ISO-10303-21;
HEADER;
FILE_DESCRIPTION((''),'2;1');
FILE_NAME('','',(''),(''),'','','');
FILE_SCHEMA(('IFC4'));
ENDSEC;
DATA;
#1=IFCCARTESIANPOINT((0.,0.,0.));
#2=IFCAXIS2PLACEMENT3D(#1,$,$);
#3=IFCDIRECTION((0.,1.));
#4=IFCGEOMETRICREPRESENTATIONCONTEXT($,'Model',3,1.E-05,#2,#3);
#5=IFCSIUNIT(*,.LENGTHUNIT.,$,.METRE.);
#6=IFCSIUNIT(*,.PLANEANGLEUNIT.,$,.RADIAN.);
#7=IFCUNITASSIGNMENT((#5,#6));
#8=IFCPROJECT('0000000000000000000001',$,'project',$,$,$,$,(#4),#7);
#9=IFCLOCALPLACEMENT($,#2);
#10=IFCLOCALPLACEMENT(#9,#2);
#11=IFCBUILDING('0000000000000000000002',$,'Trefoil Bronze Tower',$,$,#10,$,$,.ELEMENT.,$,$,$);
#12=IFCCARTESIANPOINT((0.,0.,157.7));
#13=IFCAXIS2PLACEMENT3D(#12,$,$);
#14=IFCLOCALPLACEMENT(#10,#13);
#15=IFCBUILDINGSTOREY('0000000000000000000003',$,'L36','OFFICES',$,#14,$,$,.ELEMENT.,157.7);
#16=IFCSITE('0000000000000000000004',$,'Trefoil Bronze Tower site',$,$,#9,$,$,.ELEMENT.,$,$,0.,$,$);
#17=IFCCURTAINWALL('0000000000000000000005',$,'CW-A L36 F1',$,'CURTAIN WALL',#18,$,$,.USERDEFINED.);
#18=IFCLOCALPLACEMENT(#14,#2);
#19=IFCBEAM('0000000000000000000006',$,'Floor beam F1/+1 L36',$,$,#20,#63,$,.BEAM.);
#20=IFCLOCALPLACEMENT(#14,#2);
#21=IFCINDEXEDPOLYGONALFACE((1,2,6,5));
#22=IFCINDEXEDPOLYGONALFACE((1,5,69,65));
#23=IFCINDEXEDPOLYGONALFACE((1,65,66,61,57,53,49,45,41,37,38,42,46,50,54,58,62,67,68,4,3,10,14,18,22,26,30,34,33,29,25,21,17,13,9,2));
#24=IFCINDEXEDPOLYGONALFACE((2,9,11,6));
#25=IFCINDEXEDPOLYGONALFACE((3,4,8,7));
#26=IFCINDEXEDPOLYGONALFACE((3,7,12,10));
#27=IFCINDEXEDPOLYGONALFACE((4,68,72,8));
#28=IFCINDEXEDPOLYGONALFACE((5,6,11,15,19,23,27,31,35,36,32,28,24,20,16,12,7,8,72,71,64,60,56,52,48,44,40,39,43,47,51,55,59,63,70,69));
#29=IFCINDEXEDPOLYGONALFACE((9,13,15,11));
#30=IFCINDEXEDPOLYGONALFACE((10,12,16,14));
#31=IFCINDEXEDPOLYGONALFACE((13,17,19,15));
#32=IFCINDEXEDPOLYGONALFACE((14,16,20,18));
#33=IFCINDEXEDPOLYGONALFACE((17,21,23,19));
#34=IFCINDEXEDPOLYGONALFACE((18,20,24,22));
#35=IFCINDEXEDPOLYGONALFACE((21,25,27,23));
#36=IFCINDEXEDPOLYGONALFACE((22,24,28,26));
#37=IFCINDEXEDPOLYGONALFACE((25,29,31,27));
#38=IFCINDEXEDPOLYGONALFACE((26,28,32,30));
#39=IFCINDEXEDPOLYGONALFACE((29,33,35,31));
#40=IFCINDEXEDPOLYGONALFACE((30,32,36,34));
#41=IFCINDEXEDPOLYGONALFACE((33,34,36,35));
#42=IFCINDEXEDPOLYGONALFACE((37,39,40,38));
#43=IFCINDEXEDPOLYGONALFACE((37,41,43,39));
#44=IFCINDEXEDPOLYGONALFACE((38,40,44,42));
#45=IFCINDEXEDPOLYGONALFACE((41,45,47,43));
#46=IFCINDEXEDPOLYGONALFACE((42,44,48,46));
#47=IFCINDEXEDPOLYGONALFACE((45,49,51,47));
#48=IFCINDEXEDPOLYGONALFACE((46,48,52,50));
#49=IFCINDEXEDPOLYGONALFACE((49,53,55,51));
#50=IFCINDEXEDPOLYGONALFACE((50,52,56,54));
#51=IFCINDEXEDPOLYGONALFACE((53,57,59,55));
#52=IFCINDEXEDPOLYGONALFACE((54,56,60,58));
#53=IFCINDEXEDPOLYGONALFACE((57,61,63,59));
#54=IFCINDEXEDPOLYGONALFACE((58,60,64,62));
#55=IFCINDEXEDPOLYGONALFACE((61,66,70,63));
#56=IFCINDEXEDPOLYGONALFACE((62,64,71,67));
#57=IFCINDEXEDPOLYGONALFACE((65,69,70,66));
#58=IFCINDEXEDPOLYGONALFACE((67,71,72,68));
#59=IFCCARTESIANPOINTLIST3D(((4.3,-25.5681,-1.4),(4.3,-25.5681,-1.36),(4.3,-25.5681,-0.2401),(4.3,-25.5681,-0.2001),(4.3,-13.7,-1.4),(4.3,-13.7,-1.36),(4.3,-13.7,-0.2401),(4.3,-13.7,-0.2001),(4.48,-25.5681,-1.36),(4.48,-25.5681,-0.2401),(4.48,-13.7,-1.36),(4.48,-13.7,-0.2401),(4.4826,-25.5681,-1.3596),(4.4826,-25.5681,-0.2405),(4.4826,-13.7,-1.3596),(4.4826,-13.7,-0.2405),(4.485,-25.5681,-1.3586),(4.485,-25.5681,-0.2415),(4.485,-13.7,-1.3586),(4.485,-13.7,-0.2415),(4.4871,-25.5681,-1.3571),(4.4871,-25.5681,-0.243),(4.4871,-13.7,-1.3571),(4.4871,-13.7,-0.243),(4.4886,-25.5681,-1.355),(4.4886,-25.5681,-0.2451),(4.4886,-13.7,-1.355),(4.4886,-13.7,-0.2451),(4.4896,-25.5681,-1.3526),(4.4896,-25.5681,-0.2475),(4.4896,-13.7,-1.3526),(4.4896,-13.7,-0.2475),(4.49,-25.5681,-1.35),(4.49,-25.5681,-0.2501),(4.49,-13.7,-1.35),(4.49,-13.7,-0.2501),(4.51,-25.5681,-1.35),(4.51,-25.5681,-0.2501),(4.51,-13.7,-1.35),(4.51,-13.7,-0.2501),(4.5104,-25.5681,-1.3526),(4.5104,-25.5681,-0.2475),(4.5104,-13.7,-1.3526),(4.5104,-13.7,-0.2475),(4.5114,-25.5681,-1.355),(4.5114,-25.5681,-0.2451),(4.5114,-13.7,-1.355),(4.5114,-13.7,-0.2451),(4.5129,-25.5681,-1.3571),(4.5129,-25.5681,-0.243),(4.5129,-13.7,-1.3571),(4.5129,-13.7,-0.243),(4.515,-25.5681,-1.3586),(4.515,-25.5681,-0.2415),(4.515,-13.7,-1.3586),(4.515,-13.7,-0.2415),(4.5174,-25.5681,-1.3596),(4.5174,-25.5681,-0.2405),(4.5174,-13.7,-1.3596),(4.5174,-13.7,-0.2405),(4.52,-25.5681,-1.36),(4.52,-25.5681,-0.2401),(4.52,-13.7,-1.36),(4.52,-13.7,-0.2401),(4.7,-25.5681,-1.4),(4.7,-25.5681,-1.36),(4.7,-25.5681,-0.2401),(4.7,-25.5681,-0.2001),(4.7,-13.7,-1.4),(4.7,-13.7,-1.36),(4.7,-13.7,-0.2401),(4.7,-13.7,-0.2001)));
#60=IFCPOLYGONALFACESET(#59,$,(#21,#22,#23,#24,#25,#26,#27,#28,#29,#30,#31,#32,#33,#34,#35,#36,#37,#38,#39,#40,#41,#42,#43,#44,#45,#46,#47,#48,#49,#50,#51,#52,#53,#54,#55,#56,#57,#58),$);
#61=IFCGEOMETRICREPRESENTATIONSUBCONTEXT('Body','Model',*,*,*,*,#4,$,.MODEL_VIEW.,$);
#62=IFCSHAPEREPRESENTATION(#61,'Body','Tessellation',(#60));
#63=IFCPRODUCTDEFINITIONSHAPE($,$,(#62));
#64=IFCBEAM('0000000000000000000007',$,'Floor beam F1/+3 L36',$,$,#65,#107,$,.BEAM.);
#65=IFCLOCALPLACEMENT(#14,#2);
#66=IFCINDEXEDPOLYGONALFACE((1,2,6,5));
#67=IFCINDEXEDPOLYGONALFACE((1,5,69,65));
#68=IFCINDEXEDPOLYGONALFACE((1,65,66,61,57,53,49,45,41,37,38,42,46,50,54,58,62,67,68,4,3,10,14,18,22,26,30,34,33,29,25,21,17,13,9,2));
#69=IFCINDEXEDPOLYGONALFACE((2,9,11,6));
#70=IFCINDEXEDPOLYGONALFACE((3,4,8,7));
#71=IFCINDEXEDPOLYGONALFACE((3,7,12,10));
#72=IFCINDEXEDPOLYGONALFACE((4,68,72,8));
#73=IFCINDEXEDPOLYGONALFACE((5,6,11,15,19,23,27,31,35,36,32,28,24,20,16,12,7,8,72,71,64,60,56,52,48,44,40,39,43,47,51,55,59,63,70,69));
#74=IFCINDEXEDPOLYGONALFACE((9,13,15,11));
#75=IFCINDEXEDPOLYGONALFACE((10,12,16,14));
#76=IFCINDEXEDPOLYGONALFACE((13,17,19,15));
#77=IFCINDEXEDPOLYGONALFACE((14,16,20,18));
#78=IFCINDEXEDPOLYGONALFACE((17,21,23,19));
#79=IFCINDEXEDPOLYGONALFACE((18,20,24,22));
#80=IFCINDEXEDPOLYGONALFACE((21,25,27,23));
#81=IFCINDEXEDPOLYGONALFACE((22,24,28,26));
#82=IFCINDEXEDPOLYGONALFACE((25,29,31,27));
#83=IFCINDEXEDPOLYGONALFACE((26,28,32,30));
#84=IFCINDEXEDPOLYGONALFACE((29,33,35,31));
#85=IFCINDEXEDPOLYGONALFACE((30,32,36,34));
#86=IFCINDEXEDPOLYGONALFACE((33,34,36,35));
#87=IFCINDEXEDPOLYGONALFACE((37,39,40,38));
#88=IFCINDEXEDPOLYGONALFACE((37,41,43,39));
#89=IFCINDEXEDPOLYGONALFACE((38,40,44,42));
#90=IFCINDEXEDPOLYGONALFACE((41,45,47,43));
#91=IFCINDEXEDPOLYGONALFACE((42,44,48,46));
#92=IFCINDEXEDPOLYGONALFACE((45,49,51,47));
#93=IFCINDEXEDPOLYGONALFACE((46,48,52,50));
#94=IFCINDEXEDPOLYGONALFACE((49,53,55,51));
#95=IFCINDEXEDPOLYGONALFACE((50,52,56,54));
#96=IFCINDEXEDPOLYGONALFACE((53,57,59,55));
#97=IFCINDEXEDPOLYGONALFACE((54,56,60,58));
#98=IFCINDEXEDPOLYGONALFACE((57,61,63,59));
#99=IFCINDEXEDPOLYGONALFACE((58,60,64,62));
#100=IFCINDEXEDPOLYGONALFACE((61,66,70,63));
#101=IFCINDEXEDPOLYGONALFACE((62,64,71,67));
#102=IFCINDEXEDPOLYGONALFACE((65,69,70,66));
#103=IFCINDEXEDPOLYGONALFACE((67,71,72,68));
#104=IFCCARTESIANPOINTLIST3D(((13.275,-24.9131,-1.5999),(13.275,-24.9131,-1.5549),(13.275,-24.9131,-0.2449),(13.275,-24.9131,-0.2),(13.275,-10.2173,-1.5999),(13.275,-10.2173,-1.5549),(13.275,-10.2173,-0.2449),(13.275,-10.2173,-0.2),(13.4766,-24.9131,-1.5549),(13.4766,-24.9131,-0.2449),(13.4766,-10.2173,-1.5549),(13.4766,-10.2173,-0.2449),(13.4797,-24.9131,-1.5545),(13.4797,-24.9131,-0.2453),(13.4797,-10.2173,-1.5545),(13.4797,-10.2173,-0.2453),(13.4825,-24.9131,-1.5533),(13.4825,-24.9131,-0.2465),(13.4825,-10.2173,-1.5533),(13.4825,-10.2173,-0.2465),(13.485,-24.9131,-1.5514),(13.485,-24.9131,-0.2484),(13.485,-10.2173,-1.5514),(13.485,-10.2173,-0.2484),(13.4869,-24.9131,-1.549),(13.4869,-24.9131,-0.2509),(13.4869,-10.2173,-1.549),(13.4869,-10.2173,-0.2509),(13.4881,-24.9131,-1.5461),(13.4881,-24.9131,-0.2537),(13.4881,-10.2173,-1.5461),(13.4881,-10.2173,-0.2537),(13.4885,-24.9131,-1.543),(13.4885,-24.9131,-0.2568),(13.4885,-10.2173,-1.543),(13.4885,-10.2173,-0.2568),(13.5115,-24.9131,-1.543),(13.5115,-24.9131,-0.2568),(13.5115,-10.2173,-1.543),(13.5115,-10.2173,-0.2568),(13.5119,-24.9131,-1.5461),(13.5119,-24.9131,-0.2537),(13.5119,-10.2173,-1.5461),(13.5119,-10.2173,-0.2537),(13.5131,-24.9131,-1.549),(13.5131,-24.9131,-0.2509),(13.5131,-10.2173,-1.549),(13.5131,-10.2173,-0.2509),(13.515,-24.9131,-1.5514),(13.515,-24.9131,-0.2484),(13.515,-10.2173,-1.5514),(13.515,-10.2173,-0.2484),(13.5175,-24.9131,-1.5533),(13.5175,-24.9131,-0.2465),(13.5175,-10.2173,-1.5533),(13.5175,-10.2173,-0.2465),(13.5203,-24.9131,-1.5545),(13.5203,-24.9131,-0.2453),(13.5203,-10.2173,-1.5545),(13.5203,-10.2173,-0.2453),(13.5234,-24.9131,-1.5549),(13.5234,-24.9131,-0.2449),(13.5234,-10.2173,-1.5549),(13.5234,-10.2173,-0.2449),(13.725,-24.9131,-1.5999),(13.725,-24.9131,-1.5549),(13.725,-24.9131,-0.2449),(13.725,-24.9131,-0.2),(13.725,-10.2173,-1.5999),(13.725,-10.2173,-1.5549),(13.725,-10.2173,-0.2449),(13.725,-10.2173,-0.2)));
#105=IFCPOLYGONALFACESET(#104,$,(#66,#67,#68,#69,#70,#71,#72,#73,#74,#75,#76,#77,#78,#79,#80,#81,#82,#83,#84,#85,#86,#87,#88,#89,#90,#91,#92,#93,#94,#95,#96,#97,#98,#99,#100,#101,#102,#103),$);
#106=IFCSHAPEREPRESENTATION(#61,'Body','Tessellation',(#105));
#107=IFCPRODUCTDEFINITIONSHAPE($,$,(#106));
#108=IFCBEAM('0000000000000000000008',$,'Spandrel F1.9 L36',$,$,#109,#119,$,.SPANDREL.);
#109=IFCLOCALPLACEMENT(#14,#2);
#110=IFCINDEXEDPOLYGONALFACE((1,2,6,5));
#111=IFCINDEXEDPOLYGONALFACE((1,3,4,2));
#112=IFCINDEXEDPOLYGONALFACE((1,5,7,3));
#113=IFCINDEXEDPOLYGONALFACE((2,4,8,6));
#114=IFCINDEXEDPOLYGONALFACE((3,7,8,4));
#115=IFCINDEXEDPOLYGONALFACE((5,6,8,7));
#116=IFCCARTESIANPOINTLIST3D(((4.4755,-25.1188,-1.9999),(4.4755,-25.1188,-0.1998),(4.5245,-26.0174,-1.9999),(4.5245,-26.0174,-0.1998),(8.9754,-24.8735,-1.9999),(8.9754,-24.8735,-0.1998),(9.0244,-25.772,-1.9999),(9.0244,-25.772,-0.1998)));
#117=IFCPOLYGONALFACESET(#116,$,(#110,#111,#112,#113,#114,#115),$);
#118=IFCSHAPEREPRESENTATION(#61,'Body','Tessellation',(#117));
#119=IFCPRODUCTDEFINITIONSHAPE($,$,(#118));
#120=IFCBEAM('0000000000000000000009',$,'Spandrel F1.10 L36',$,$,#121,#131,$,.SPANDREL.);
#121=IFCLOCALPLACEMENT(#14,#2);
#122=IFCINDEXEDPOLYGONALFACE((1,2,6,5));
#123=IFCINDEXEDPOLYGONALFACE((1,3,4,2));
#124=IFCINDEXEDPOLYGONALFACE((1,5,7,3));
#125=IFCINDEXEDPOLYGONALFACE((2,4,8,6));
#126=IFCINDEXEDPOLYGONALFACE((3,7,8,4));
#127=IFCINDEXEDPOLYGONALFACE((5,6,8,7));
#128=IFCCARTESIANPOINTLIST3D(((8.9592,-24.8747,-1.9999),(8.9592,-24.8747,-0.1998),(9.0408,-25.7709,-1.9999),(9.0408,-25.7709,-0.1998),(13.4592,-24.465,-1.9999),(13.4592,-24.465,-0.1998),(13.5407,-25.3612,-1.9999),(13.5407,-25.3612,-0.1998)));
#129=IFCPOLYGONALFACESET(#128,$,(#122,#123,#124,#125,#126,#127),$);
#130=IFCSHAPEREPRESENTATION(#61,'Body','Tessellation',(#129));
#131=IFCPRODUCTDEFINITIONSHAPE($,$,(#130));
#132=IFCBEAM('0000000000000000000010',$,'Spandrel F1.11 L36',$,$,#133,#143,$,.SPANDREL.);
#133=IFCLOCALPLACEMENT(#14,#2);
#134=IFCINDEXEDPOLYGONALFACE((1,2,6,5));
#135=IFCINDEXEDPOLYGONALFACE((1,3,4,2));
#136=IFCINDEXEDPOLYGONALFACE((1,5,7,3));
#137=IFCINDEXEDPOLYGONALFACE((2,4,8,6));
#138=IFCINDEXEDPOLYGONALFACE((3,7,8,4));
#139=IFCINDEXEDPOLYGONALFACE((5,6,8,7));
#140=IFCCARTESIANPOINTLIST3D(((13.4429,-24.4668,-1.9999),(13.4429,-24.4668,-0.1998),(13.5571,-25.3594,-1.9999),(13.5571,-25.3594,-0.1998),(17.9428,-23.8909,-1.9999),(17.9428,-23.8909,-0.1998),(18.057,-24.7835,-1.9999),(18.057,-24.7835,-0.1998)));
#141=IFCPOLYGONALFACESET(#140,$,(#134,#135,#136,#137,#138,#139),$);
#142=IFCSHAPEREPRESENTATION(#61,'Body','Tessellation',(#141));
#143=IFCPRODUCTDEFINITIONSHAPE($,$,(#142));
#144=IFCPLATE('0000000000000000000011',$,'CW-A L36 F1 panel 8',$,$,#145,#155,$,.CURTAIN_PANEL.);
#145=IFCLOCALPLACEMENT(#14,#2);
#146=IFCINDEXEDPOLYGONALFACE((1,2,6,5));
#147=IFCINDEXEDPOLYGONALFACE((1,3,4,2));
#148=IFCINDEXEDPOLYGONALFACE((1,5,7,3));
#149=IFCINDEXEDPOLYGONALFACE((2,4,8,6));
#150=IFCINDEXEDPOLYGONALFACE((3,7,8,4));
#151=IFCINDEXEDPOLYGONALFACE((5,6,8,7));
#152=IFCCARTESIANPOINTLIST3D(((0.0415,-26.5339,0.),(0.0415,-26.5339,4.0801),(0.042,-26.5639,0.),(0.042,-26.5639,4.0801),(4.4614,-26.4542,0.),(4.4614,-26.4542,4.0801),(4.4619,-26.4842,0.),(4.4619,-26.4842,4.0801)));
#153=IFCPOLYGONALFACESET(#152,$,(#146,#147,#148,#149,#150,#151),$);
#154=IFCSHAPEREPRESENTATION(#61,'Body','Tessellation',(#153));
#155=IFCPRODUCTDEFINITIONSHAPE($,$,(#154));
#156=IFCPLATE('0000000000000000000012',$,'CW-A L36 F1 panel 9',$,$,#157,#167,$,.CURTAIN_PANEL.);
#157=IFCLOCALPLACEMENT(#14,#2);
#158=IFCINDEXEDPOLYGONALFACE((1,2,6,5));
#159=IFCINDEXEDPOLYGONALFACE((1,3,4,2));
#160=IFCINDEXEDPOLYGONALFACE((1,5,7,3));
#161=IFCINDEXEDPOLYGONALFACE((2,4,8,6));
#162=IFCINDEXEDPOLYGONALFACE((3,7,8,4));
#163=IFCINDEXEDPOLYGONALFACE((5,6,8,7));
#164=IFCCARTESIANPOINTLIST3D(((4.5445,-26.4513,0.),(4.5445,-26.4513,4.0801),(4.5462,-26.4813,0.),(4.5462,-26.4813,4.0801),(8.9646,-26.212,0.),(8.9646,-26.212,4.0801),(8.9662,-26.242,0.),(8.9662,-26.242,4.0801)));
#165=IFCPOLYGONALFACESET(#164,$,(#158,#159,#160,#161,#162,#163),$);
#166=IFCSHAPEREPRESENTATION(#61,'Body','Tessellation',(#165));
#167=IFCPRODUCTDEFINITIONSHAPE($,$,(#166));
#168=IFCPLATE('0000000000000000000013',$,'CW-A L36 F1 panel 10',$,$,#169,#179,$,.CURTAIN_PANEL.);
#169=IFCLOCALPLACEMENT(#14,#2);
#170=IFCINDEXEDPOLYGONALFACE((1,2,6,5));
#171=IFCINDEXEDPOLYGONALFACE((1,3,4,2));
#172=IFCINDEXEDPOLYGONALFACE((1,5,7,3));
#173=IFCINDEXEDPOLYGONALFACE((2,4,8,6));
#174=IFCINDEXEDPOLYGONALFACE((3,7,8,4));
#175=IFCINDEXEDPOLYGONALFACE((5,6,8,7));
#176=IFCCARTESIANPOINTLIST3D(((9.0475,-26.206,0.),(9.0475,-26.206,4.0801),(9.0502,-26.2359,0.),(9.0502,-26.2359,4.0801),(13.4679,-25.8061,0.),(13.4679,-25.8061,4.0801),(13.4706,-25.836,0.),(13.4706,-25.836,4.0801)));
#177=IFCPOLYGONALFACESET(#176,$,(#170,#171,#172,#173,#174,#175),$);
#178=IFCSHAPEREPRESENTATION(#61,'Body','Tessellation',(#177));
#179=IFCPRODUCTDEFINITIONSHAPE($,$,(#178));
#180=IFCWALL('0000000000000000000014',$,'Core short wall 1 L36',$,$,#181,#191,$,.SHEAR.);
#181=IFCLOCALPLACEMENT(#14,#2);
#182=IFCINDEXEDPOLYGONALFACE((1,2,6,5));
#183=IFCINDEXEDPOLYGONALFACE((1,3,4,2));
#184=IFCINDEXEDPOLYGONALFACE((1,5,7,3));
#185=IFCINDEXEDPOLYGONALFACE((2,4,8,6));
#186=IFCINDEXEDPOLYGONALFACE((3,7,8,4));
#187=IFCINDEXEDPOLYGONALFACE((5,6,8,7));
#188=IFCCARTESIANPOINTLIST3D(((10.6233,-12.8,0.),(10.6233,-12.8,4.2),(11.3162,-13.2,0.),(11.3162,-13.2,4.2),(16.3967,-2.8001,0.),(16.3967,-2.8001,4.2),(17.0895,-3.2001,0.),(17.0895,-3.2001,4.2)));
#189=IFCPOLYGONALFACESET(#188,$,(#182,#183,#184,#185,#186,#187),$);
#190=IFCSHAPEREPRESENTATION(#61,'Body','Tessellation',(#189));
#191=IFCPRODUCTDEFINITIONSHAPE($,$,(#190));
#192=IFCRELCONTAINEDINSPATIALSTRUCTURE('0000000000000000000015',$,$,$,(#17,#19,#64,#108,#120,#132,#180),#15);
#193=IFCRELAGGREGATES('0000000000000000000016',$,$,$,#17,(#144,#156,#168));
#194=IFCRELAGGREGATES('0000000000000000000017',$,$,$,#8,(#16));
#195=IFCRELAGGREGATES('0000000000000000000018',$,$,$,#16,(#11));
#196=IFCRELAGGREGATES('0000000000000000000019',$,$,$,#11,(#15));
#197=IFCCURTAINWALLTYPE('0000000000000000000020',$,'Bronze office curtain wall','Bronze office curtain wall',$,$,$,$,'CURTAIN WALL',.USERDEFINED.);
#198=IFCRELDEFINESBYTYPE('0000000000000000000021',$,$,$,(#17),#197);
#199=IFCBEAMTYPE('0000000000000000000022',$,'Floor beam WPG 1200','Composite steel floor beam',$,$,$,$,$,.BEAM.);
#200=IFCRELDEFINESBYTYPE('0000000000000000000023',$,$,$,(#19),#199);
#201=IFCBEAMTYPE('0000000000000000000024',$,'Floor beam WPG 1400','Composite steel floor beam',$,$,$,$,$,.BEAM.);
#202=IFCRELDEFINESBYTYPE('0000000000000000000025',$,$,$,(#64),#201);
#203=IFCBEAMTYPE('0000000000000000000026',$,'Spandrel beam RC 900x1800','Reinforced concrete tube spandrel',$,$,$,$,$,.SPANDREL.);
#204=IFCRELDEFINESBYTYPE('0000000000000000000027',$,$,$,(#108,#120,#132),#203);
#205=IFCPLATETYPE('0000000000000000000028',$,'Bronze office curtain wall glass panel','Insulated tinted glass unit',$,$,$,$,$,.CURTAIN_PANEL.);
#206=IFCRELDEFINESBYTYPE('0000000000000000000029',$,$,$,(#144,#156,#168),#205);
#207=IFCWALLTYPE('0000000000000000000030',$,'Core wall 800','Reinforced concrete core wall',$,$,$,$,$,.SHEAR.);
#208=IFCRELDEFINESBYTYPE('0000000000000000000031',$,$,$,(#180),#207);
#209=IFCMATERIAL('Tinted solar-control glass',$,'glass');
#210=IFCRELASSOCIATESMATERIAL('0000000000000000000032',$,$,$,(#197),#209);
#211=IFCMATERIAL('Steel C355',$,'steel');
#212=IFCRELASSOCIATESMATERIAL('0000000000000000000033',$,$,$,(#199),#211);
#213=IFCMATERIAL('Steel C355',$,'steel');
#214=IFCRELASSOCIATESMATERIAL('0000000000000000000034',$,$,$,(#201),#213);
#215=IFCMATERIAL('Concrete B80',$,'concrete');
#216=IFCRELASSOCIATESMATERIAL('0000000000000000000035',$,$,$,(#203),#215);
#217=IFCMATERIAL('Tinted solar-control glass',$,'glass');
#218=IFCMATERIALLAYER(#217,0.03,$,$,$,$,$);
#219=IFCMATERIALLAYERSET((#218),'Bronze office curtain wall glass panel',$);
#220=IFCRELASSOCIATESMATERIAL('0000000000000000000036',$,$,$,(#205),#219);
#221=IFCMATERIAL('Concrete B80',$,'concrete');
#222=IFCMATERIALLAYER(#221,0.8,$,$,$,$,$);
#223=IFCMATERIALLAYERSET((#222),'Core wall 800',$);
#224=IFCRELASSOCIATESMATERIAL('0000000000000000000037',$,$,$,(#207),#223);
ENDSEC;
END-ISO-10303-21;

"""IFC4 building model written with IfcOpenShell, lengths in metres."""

from ifc_helpers import new_model, si_unit, direction, frame, frame_2d, origin, origin_2d, place, context, subcontext, project, spatial, rectangle, i_section, extrude, material, layer, layer_set, material_profile, profile_set, type_object, element, aggregate, save


model = new_model("IFC4")

# Units and contexts
model_context = context("Model", 3, precision=1e-05, world=origin(), true_north=direction((0.0, 1.0)))
body_context = subcontext(model_context, "Body", "Model", "MODEL_VIEW")
ifc_project = project(units=[si_unit("LENGTHUNIT", "METRE"), si_unit("PLANEANGLEUNIT", "RADIAN")], contexts=[model_context])

# Site, building, storey
site_placement = place(None, origin())
site = spatial("IfcSite", under=ifc_project, at=site_placement, Name="Trefoil Bronze Tower site", CompositionType="ELEMENT", RefElevation=0.0)
building_placement = place(site_placement, origin())
building = spatial("IfcBuilding", under=site, at=building_placement, Name="Trefoil Bronze Tower", CompositionType="ELEMENT")
storey_placement = place(building_placement, frame((0.0, 0.0, 157.7)))
storey = spatial("IfcBuildingStorey", under=building, at=storey_placement, Name="L36", Description="OFFICES", CompositionType="ELEMENT", Elevation=157.7)

# Curtain wall
ifc_material_1 = material(Name="Tinted solar-control glass", Category="glass")
curtain_wall_type = type_object("IfcCurtainWallType", Name="Bronze office curtain wall", Description="Bronze office curtain wall", ElementType="CURTAIN WALL", PredefinedType="USERDEFINED", material=ifc_material_1)
curtain_wall_placement = place(storey_placement, origin())
curtain_wall = element("IfcCurtainWall", 1, at=curtain_wall_placement, inside=storey, type_object=curtain_wall_type, Name="CW-A L36 F1", ObjectType="CURTAIN WALL", PredefinedType="USERDEFINED")

# Beams
ifc_material_2 = material(Name="Steel C355", Category="steel")
ifc_material_profile_1 = material_profile(ifc_material_2, i_section(OverallWidth=0.3999, OverallDepth=1.2, WebThickness=0.02, FlangeThickness=0.04, FilletRadius=0.01, at=origin_2d()), Name="WPG 1200")
ifc_profile_set_1 = profile_set([ifc_material_profile_1], Name="Steel C355")
beam_type_1 = type_object("IfcBeamType", Name="Floor beam WPG 1200", Description="Composite steel floor beam", PredefinedType="BEAM", material=ifc_profile_set_1)
beam_1_placement = place(storey_placement, frame((4.5, -25.5681, -0.8), z_axis=(0.0, 1.0, 0.0), x_axis=(-1.0, 0.0, 0.0)))
element("IfcBeam", 2, at=beam_1_placement, inside=storey, type_object=beam_type_1, Name="Floor beam F1/+1 L36", PredefinedType="BEAM", context=body_context, shape_type="SweptSolid", body=[
    extrude(i_section(OverallWidth=0.3999, OverallDepth=1.2, WebThickness=0.02, FlangeThickness=0.04, FilletRadius=0.01, at=origin_2d()), origin(), (0.0, 0.0, 1.0), 11.8682),
])
ifc_material_3 = material(Name="Steel C355", Category="steel")
ifc_material_profile_2 = material_profile(ifc_material_3, i_section(OverallWidth=0.45, OverallDepth=1.3999, WebThickness=0.0229, FlangeThickness=0.0449, FilletRadius=0.012, at=origin_2d()), Name="WPG 1400")
ifc_profile_set_2 = profile_set([ifc_material_profile_2], Name="Steel C355")
beam_type_2 = type_object("IfcBeamType", Name="Floor beam WPG 1400", Description="Composite steel floor beam", PredefinedType="BEAM", material=ifc_profile_set_2)
beam_2_placement = place(storey_placement, frame((13.5, -24.9131, -0.8999), z_axis=(0.0, 1.0, 0.0), x_axis=(-1.0, 0.0, 0.0)))
element("IfcBeam", 3, at=beam_2_placement, inside=storey, type_object=beam_type_2, Name="Floor beam F1/+3 L36", PredefinedType="BEAM", context=body_context, shape_type="SweptSolid", body=[
    extrude(i_section(OverallWidth=0.45, OverallDepth=1.3999, WebThickness=0.0229, FlangeThickness=0.0449, FilletRadius=0.012, at=origin_2d()), origin(), (0.0, 0.0, 1.0), 14.6958),
])
ifc_material_4 = material(Name="Concrete B80", Category="concrete")
ifc_material_profile_3 = material_profile(ifc_material_4, rectangle(XDim=0.8999, YDim=1.8, at=origin_2d()), Name="RC 900x1800")
ifc_profile_set_3 = profile_set([ifc_material_profile_3], Name="Concrete B80")
beam_type_3 = type_object("IfcBeamType", Name="Spandrel beam RC 900x1800", Description="Reinforced concrete tube spandrel", PredefinedType="SPANDREL", material=ifc_profile_set_3)
beam_3_placement = place(storey_placement, frame((4.5, -25.5681, -1.0999), z_axis=(0.998517, 0.054444, 0.0), x_axis=(-0.054444, 0.998517, 0.0)))
element("IfcBeam", 4, at=beam_3_placement, inside=storey, type_object=beam_type_3, Name="Spandrel F1.9 L36", PredefinedType="SPANDREL", context=body_context, shape_type="SweptSolid", body=[
    extrude(rectangle(XDim=0.8999, YDim=1.8, at=origin_2d()), origin(), (0.0, 0.0, 1.0), 4.5066),
])
beam_4_placement = place(storey_placement, frame((9.0, -25.3228, -1.0999), z_axis=(0.995882, 0.090662, 0.0), x_axis=(-0.090662, 0.995882, 0.0)))
element("IfcBeam", 5, at=beam_4_placement, inside=storey, type_object=beam_type_3, Name="Spandrel F1.10 L36", PredefinedType="SPANDREL", context=body_context, shape_type="SweptSolid", body=[
    extrude(rectangle(XDim=0.8999, YDim=1.8, at=origin_2d()), origin(), (0.0, 0.0, 1.0), 4.5186),
])
beam_5_placement = place(storey_placement, frame((13.5, -24.9131, -1.0999), z_axis=(0.991909, 0.126948, 0.0), x_axis=(-0.126948, 0.991909, 0.0)))
element("IfcBeam", 6, at=beam_5_placement, inside=storey, type_object=beam_type_3, Name="Spandrel F1.11 L36", PredefinedType="SPANDREL", context=body_context, shape_type="SweptSolid", body=[
    extrude(rectangle(XDim=0.8999, YDim=1.8, at=origin_2d()), origin(), (0.0, 0.0, 1.0), 4.5366),
])

# Plates
ifc_material_5 = material(Name="Tinted solar-control glass", Category="glass")
ifc_layer_1 = layer(ifc_material_5, 0.03)
ifc_layer_set_1 = layer_set([ifc_layer_1], Name="Bronze office curtain wall glass panel")
plate_type = type_object("IfcPlateType", Name="Bronze office curtain wall glass panel", Description="Insulated tinted glass unit", PredefinedType="CURTAIN_PANEL", material=ifc_layer_set_1)
plate_1_placement = place(storey_placement, frame((2.2517, -26.509, 0.0), z_axis=(0.0, 0.0, 1.0), x_axis=(0.999838, 0.018021, 0.0)))
plate_1 = element("IfcPlate", 7, at=plate_1_placement, type_object=plate_type, Name="CW-A L36 F1 panel 8", PredefinedType="CURTAIN_PANEL", context=body_context, shape_type="SweptSolid", body=[
    extrude(rectangle(XDim=4.4207, YDim=0.03, at=origin_2d()), origin(), (0.0, 0.0, 1.0), 4.0801),
])
plate_2_placement = place(storey_placement, frame((6.7554, -26.3467, 0.0), z_axis=(0.0, 0.0, 1.0), x_axis=(0.998538, 0.054063, 0.0)))
plate_2 = element("IfcPlate", 8, at=plate_2_placement, type_object=plate_type, Name="CW-A L36 F1 panel 9", PredefinedType="CURTAIN_PANEL", context=body_context, shape_type="SweptSolid", body=[
    extrude(rectangle(XDim=4.4265, YDim=0.03, at=origin_2d()), origin(), (0.0, 0.0, 1.0), 4.0801),
])
plate_3_placement = place(storey_placement, frame((11.259, -26.021, 0.0), z_axis=(0.0, 0.0, 1.0), x_axis=(0.995932, 0.090105, 0.0)))
plate_3 = element("IfcPlate", 9, at=plate_3_placement, type_object=plate_type, Name="CW-A L36 F1 panel 10", PredefinedType="CURTAIN_PANEL", context=body_context, shape_type="SweptSolid", body=[
    extrude(rectangle(XDim=4.4385, YDim=0.03, at=origin_2d()), origin(), (0.0, 0.0, 1.0), 4.0801),
])
aggregate(curtain_wall, [plate_1, plate_2, plate_3])

# Wall
ifc_material_6 = material(Name="Concrete B80", Category="concrete")
ifc_layer_2 = layer(ifc_material_6, 0.8)
ifc_layer_set_2 = layer_set([ifc_layer_2], Name="Core wall 800")
wall_type_1 = type_object("IfcWallType", Name="Core wall 800", Description="Reinforced concrete core wall", PredefinedType="SHEAR", material=ifc_layer_set_2)
wall_1_placement = place(storey_placement, frame((10.9697, -13.0, 0.0), z_axis=(0.0, 0.0, 1.0), x_axis=(0.499996, 0.866028, 0.0)))
element("IfcWall", 10, at=wall_1_placement, inside=storey, type_object=wall_type_1, Name="Core short wall 1 L36", PredefinedType="SHEAR", context=body_context, shape_type="SweptSolid", body=[
    extrude(rectangle(XDim=11.5469, YDim=0.8, at=frame_2d((5.7734, 0.0))), origin(), (0.0, 0.0, 1.0), 4.2),
])

save(model, "model.ifc")
